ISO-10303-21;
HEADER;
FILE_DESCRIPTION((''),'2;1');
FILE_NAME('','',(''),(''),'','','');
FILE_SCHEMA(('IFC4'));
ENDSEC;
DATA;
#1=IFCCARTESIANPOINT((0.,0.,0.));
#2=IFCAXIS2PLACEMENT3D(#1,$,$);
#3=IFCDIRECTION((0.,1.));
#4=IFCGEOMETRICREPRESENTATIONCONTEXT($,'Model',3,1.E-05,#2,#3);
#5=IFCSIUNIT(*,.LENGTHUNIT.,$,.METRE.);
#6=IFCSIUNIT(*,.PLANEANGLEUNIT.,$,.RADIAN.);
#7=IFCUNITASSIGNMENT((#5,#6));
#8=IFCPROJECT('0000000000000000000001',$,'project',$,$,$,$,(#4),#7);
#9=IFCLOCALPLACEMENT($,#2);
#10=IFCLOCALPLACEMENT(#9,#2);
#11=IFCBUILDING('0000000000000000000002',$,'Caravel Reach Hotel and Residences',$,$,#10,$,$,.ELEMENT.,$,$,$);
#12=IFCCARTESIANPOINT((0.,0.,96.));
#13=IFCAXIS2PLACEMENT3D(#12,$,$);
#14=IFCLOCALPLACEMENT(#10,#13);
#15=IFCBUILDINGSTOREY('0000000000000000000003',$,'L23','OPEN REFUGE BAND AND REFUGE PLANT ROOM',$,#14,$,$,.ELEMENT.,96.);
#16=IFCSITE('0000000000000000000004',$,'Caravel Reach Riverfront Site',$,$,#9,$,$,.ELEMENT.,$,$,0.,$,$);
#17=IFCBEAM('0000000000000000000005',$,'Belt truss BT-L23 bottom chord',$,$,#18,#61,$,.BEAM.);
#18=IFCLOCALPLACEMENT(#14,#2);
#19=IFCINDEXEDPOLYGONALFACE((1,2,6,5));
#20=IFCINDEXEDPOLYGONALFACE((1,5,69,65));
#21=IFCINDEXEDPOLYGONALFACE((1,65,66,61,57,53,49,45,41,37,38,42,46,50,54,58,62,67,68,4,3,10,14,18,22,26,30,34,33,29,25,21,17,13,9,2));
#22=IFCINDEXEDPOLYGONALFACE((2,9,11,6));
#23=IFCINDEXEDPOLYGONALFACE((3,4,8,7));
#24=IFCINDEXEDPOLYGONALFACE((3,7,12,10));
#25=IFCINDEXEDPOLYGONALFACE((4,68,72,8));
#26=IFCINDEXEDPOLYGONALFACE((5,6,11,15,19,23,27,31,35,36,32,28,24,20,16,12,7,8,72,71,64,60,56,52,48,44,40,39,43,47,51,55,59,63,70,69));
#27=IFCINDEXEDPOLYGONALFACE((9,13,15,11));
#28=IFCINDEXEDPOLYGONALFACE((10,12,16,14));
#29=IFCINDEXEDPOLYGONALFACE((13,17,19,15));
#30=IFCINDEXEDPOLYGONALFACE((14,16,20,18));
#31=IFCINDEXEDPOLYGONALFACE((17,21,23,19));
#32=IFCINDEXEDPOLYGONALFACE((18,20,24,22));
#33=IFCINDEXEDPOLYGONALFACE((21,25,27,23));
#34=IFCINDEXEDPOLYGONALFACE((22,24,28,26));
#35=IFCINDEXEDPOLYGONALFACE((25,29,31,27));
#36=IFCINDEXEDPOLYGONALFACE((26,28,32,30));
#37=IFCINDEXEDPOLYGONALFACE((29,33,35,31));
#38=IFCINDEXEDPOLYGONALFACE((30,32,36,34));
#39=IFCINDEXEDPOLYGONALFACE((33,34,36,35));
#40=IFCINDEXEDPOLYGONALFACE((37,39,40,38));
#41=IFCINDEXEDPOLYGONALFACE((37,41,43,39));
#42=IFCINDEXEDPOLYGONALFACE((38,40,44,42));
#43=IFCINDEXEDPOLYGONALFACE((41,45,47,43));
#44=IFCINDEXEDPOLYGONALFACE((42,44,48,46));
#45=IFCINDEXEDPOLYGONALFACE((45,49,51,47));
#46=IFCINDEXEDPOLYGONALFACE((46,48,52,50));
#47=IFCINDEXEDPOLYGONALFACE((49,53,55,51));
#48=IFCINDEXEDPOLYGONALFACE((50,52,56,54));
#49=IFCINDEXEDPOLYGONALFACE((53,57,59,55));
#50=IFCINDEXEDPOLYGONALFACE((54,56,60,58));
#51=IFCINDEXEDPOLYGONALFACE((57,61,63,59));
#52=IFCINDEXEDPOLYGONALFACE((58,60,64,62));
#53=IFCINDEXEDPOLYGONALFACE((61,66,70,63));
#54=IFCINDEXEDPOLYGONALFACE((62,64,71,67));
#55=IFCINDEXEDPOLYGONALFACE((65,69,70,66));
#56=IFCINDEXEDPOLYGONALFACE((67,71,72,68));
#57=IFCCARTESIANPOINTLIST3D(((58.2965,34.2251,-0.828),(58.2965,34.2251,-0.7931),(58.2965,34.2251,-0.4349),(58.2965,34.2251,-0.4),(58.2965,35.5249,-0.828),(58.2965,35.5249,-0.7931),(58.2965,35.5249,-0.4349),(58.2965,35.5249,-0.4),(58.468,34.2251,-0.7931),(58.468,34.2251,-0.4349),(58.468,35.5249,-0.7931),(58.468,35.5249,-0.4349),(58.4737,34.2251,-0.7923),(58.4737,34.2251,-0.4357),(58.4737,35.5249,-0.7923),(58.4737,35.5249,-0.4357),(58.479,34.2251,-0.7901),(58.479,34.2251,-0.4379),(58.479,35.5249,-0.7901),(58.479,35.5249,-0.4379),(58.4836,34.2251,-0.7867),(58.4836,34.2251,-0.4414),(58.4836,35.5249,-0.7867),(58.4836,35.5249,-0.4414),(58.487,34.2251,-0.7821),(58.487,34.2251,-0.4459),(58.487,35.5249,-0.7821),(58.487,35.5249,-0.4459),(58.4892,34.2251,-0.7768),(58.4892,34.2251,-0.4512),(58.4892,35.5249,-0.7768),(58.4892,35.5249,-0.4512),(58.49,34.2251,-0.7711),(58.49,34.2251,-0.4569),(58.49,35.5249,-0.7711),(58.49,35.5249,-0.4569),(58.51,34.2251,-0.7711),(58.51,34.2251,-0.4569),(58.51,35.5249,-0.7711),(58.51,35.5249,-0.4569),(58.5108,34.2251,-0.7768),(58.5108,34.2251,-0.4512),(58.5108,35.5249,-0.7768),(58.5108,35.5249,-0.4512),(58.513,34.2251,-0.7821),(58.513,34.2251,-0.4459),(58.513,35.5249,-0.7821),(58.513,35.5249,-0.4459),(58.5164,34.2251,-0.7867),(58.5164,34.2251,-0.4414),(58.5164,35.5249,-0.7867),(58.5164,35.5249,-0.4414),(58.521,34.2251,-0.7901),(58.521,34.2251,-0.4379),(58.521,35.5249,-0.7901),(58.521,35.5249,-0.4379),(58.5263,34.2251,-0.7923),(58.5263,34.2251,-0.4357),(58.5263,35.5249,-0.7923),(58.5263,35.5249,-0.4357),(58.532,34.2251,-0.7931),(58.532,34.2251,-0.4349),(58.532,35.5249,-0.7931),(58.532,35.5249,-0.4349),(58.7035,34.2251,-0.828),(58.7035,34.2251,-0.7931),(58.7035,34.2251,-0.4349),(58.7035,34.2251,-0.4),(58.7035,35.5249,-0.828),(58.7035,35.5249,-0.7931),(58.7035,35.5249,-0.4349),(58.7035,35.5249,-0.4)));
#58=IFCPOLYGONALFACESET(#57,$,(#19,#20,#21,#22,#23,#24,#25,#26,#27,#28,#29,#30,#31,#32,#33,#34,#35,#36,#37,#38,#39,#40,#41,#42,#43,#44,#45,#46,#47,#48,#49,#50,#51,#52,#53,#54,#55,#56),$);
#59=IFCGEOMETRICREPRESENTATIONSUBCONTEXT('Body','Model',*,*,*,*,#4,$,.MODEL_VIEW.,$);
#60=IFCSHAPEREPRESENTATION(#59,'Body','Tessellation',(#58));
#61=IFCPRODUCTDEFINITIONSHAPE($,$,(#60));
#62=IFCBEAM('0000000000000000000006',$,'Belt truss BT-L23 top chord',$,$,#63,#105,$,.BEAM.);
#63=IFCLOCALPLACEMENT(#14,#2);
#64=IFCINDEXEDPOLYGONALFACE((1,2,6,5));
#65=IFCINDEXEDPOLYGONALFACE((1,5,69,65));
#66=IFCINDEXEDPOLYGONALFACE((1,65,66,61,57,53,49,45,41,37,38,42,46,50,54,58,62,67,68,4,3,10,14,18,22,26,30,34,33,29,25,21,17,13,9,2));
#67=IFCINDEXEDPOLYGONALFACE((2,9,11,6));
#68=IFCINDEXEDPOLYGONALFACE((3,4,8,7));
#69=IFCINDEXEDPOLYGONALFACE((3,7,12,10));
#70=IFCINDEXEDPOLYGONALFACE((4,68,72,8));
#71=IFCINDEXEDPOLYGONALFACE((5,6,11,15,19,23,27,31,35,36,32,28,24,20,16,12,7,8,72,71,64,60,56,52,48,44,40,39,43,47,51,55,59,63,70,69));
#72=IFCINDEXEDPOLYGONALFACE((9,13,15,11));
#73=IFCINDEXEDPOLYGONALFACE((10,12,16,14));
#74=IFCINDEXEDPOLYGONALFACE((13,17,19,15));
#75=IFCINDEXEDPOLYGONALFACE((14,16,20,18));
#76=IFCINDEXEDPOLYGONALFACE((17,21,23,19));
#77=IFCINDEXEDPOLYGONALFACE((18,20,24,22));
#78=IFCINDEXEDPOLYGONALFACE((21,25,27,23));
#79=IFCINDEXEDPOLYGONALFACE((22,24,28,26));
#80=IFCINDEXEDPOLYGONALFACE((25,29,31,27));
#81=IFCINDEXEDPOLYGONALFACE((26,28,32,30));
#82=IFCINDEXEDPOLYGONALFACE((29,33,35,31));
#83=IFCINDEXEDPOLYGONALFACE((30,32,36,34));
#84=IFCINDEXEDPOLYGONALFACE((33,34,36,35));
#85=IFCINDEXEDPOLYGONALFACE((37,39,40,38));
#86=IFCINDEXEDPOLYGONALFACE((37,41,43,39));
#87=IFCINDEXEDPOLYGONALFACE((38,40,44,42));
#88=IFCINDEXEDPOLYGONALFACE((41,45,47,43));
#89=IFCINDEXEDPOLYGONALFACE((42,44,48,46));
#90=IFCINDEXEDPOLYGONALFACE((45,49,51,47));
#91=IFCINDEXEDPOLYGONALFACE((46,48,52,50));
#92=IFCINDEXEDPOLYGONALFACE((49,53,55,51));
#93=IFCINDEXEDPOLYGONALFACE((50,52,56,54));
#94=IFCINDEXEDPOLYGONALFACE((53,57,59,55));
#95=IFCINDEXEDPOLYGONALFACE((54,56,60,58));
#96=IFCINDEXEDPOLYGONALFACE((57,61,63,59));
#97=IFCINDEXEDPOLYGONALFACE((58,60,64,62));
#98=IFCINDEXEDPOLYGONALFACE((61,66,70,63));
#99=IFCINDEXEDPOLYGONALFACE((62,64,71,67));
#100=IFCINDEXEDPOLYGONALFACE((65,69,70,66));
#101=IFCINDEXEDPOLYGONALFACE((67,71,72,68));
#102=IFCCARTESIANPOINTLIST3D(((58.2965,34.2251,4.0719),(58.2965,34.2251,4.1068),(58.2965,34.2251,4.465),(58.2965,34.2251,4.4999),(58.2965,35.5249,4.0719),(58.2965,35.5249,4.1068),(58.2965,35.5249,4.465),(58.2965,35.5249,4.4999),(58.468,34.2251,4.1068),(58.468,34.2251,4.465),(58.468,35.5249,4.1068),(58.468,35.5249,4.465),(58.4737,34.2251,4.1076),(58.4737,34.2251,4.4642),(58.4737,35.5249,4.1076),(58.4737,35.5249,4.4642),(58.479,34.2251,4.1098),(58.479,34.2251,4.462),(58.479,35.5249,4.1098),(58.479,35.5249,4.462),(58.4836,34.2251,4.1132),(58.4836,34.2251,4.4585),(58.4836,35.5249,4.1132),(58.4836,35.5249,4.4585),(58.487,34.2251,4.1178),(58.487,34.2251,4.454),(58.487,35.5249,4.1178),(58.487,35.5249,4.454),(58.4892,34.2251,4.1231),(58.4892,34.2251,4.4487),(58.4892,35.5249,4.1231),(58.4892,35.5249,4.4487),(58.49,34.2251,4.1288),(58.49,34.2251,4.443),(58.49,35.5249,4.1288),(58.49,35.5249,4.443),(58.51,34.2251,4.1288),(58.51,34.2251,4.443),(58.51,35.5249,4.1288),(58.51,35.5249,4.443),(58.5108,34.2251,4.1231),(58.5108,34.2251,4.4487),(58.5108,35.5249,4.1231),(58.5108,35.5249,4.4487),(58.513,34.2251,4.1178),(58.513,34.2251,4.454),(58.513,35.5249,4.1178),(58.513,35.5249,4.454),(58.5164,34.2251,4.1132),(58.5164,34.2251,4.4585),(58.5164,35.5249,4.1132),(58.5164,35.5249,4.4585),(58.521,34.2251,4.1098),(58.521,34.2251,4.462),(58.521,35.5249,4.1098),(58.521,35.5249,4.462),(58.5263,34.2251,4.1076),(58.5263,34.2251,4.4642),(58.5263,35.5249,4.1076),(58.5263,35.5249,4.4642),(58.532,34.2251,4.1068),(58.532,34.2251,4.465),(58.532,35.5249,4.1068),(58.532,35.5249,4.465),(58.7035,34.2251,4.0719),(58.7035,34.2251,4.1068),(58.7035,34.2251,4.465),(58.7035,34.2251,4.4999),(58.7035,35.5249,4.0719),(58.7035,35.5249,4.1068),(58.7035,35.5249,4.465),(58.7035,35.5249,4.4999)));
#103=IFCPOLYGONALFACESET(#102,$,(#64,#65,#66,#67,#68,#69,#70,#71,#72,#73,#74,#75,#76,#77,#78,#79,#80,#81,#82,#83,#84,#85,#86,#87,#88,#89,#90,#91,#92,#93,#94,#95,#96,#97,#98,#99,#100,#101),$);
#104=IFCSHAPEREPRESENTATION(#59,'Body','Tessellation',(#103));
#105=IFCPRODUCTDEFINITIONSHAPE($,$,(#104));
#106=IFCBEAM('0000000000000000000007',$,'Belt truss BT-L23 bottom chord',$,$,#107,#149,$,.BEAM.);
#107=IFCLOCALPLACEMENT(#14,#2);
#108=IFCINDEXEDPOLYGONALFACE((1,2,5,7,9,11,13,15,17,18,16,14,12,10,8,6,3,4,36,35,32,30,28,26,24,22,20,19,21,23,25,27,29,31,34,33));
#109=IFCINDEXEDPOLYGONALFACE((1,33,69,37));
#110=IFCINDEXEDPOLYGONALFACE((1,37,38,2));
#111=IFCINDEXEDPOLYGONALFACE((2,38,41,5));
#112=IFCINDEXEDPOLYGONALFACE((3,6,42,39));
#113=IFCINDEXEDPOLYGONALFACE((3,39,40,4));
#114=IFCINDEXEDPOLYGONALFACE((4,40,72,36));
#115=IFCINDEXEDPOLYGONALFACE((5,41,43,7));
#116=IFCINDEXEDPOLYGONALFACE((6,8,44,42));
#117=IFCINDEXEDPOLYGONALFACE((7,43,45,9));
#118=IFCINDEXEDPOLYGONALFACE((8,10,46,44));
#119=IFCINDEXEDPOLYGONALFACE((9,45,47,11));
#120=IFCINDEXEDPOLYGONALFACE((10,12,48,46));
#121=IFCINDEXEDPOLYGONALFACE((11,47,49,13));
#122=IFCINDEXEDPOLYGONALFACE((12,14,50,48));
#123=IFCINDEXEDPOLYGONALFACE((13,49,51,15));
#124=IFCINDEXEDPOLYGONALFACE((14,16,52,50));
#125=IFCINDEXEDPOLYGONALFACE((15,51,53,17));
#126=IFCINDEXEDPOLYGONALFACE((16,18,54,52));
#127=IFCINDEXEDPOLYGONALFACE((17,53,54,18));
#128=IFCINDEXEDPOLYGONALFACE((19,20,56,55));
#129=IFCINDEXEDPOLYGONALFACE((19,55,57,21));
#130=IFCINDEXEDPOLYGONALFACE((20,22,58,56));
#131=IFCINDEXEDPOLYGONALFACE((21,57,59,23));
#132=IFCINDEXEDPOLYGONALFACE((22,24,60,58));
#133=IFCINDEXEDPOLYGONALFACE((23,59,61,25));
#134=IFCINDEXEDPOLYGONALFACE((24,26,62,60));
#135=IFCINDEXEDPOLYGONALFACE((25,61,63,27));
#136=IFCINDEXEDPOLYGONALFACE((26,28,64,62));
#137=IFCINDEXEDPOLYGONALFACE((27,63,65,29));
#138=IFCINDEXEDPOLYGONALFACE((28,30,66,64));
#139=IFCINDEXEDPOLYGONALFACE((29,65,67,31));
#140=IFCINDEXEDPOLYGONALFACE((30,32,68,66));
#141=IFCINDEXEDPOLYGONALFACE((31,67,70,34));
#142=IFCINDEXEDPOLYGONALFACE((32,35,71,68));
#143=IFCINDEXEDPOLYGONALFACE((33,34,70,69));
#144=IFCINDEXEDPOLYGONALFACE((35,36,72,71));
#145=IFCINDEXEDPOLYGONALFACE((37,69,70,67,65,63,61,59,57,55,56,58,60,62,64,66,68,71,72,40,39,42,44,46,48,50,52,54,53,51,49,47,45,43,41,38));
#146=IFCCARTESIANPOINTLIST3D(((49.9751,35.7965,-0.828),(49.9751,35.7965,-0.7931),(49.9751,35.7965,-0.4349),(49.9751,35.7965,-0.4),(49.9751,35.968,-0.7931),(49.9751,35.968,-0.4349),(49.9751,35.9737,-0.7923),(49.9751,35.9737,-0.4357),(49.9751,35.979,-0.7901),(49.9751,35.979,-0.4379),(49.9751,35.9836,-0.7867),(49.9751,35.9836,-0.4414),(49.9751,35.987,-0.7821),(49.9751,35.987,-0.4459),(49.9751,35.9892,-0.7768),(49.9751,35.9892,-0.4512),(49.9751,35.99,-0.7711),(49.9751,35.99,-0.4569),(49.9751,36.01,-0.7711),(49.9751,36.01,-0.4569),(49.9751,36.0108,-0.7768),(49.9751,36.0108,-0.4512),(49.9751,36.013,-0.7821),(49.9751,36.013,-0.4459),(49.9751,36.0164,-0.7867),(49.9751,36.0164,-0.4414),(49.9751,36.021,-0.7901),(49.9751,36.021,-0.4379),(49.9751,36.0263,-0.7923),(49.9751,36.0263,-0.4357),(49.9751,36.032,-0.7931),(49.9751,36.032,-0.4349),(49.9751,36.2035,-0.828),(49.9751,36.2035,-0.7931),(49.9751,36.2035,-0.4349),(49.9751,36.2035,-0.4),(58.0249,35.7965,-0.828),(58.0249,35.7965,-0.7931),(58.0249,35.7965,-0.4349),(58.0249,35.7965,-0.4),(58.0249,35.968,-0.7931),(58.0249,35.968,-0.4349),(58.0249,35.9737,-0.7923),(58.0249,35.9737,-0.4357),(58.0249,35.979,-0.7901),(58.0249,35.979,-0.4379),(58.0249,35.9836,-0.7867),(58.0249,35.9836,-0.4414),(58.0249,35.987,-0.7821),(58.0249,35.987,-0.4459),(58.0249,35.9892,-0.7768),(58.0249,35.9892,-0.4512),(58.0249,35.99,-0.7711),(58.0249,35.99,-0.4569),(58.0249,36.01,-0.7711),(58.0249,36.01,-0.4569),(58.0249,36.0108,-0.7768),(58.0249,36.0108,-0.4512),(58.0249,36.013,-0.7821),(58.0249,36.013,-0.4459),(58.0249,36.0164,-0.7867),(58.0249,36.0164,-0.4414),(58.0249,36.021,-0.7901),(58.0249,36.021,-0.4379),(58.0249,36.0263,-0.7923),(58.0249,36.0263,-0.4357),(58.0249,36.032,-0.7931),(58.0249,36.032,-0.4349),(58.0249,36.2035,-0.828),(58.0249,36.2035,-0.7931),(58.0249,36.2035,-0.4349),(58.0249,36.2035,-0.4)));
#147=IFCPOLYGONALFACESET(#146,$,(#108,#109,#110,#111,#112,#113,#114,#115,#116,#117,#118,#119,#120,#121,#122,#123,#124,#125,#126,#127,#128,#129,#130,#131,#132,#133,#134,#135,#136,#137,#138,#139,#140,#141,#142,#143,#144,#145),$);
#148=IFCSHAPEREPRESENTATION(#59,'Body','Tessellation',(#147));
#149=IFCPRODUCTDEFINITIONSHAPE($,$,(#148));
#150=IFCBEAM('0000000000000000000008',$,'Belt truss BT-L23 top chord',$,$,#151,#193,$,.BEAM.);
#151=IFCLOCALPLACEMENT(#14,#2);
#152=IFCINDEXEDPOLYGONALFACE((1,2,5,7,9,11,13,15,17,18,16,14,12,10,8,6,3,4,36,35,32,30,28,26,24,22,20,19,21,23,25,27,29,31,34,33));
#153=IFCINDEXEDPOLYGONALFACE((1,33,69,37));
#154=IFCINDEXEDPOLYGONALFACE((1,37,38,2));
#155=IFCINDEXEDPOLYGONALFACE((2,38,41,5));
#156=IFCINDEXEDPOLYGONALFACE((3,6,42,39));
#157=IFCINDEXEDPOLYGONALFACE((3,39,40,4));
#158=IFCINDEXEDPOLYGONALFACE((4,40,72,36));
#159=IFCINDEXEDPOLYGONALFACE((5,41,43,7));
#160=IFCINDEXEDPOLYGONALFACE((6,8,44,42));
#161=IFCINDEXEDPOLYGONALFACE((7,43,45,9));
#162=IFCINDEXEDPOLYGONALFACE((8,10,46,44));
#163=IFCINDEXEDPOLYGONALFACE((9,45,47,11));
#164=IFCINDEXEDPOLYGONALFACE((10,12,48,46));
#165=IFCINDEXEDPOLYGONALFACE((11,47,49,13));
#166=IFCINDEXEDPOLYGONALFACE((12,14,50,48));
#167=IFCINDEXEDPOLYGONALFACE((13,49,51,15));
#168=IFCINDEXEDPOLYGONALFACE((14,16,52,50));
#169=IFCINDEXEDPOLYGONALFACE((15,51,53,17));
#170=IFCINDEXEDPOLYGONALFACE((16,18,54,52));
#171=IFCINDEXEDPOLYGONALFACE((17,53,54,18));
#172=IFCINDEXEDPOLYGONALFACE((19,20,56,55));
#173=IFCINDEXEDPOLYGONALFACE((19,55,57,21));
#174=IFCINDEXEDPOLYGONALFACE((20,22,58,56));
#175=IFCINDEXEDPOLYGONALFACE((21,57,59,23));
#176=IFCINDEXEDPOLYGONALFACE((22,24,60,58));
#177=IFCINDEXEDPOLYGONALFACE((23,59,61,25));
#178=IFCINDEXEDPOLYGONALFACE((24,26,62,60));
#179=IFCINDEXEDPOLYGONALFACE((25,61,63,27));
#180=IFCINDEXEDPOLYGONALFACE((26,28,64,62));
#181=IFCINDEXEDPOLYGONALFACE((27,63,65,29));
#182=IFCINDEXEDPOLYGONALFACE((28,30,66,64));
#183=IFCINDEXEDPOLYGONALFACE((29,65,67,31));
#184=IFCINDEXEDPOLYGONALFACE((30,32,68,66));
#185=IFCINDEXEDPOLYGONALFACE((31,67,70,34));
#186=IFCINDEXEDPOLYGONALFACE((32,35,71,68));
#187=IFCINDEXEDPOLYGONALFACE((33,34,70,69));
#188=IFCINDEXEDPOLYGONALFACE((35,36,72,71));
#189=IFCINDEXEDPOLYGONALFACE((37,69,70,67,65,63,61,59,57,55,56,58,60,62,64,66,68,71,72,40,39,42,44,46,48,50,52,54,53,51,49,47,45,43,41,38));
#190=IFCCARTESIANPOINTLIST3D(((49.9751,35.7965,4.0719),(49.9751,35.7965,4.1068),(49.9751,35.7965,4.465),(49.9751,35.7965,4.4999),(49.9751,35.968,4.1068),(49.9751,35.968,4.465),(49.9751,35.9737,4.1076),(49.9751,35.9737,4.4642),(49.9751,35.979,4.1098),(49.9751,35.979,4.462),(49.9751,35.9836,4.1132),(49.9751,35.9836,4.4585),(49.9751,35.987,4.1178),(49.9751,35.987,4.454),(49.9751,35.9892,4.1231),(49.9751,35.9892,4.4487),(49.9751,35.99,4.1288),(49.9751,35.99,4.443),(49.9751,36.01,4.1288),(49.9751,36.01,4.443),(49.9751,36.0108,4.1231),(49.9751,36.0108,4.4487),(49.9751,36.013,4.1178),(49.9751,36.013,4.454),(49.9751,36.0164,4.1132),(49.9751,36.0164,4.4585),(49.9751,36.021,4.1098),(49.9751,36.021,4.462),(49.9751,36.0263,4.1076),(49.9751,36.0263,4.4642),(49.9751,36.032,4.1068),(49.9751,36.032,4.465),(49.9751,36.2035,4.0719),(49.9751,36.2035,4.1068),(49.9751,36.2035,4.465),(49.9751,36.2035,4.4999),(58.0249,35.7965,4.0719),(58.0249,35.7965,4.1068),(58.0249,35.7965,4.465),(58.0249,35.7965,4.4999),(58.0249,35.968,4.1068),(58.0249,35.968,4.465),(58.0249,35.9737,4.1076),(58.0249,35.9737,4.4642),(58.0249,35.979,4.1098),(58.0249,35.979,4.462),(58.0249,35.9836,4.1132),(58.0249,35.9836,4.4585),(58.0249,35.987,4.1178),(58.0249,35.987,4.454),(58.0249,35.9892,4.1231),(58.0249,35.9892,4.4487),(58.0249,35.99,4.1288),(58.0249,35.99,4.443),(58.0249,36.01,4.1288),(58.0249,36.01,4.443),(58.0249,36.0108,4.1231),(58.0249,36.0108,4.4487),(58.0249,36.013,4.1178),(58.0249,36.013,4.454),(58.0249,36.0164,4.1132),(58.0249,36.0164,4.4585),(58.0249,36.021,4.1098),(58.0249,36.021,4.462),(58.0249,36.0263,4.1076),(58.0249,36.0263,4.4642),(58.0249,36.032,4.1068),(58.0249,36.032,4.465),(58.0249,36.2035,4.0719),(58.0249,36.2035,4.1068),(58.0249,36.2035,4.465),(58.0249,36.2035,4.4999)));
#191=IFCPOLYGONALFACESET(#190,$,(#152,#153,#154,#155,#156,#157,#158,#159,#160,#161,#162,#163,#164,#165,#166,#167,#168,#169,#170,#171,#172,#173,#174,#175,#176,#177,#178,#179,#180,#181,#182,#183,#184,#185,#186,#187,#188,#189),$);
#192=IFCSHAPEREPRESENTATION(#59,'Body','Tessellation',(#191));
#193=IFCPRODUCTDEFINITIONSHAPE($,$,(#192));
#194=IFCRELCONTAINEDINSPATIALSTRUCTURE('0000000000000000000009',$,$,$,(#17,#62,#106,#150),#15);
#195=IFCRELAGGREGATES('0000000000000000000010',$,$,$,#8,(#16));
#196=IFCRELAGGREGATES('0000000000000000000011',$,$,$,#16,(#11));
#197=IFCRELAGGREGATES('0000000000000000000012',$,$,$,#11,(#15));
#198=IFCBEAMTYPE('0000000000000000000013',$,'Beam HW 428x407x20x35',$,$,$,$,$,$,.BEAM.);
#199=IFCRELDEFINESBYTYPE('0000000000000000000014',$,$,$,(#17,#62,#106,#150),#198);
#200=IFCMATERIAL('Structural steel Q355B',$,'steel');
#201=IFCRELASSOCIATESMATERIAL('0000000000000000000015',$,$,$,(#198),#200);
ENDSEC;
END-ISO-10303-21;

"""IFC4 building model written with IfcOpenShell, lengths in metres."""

from ifc_helpers import new_model, si_unit, direction, frame, origin, origin_2d, place, context, subcontext, project, spatial, i_section, extrude, material, material_profile, profile_set, type_object, element, save


model = new_model("IFC4")

# Units and contexts
model_context = context("Model", 3, precision=1e-05, world=origin(), true_north=direction((0.0, 1.0)))
body_context = subcontext(model_context, "Body", "Model", "MODEL_VIEW")
ifc_project = project(units=[si_unit("LENGTHUNIT", "METRE"), si_unit("PLANEANGLEUNIT", "RADIAN")], contexts=[model_context])

# Site, building, storey
site_placement = place(None, origin())
site = spatial("IfcSite", under=ifc_project, at=site_placement, Name="Caravel Reach Riverfront Site", CompositionType="ELEMENT", RefElevation=0.0)
building_placement = place(site_placement, origin())
building = spatial("IfcBuilding", under=site, at=building_placement, Name="Caravel Reach Hotel and Residences", CompositionType="ELEMENT")
storey_placement = place(building_placement, frame((0.0, 0.0, 96.0)))
storey = spatial("IfcBuildingStorey", under=building, at=storey_placement, Name="L23", Description="OPEN REFUGE BAND AND REFUGE PLANT ROOM", CompositionType="ELEMENT", Elevation=96.0)

# Beams
ifc_material_1 = material(Name="Structural steel Q355B", Category="steel")
ifc_material_profile_1 = material_profile(ifc_material_1, i_section(OverallWidth=0.407, OverallDepth=0.428, WebThickness=0.02, FlangeThickness=0.0349, FilletRadius=0.022, at=origin_2d()), Name="HW 428x407x20x35")
ifc_profile_set_1 = profile_set([ifc_material_profile_1], Name="Structural steel Q355B")
beam_type = type_object("IfcBeamType", Name="Beam HW 428x407x20x35", PredefinedType="BEAM", material=ifc_profile_set_1)
for number, where, z_axis, x_axis, name in (
    (1, (58.5, 34.2251, -0.614), (0.0, 1.0, 0.0), (-1.0, 0.0, 0.0), "Belt truss BT-L23 bottom chord"),
    (2, (58.5, 34.2251, 4.2859), (0.0, 1.0, 0.0), (-1.0, 0.0, 0.0), "Belt truss BT-L23 top chord"),
):
    element("IfcBeam", number, at=place(storey_placement, frame(where, z_axis=z_axis, x_axis=x_axis)), inside=storey, type_object=beam_type, Name=name, PredefinedType="BEAM", context=body_context, shape_type="SweptSolid", body=[
        extrude(i_section(OverallWidth=0.407, OverallDepth=0.428, WebThickness=0.02, FlangeThickness=0.0349, FilletRadius=0.022, at=origin_2d()), origin(), (0.0, 0.0, 1.0), 1.2998),
    ])
for number, where, z_axis, x_axis, name in (
    (3, (58.0249, 36.0, -0.614), (-1.0, 0.0, 0.0), (0.0, -1.0, 0.0), "Belt truss BT-L23 bottom chord"),
    (4, (58.0249, 36.0, 4.2859), (-1.0, 0.0, 0.0), (0.0, -1.0, 0.0), "Belt truss BT-L23 top chord"),
):
    element("IfcBeam", number, at=place(storey_placement, frame(where, z_axis=z_axis, x_axis=x_axis)), inside=storey, type_object=beam_type, Name=name, PredefinedType="BEAM", context=body_context, shape_type="SweptSolid", body=[
        extrude(i_section(OverallWidth=0.407, OverallDepth=0.428, WebThickness=0.02, FlangeThickness=0.0349, FilletRadius=0.022, at=origin_2d()), origin(), (0.0, 0.0, 1.0), 8.0498),
    ])

save(model, "model.ifc")
